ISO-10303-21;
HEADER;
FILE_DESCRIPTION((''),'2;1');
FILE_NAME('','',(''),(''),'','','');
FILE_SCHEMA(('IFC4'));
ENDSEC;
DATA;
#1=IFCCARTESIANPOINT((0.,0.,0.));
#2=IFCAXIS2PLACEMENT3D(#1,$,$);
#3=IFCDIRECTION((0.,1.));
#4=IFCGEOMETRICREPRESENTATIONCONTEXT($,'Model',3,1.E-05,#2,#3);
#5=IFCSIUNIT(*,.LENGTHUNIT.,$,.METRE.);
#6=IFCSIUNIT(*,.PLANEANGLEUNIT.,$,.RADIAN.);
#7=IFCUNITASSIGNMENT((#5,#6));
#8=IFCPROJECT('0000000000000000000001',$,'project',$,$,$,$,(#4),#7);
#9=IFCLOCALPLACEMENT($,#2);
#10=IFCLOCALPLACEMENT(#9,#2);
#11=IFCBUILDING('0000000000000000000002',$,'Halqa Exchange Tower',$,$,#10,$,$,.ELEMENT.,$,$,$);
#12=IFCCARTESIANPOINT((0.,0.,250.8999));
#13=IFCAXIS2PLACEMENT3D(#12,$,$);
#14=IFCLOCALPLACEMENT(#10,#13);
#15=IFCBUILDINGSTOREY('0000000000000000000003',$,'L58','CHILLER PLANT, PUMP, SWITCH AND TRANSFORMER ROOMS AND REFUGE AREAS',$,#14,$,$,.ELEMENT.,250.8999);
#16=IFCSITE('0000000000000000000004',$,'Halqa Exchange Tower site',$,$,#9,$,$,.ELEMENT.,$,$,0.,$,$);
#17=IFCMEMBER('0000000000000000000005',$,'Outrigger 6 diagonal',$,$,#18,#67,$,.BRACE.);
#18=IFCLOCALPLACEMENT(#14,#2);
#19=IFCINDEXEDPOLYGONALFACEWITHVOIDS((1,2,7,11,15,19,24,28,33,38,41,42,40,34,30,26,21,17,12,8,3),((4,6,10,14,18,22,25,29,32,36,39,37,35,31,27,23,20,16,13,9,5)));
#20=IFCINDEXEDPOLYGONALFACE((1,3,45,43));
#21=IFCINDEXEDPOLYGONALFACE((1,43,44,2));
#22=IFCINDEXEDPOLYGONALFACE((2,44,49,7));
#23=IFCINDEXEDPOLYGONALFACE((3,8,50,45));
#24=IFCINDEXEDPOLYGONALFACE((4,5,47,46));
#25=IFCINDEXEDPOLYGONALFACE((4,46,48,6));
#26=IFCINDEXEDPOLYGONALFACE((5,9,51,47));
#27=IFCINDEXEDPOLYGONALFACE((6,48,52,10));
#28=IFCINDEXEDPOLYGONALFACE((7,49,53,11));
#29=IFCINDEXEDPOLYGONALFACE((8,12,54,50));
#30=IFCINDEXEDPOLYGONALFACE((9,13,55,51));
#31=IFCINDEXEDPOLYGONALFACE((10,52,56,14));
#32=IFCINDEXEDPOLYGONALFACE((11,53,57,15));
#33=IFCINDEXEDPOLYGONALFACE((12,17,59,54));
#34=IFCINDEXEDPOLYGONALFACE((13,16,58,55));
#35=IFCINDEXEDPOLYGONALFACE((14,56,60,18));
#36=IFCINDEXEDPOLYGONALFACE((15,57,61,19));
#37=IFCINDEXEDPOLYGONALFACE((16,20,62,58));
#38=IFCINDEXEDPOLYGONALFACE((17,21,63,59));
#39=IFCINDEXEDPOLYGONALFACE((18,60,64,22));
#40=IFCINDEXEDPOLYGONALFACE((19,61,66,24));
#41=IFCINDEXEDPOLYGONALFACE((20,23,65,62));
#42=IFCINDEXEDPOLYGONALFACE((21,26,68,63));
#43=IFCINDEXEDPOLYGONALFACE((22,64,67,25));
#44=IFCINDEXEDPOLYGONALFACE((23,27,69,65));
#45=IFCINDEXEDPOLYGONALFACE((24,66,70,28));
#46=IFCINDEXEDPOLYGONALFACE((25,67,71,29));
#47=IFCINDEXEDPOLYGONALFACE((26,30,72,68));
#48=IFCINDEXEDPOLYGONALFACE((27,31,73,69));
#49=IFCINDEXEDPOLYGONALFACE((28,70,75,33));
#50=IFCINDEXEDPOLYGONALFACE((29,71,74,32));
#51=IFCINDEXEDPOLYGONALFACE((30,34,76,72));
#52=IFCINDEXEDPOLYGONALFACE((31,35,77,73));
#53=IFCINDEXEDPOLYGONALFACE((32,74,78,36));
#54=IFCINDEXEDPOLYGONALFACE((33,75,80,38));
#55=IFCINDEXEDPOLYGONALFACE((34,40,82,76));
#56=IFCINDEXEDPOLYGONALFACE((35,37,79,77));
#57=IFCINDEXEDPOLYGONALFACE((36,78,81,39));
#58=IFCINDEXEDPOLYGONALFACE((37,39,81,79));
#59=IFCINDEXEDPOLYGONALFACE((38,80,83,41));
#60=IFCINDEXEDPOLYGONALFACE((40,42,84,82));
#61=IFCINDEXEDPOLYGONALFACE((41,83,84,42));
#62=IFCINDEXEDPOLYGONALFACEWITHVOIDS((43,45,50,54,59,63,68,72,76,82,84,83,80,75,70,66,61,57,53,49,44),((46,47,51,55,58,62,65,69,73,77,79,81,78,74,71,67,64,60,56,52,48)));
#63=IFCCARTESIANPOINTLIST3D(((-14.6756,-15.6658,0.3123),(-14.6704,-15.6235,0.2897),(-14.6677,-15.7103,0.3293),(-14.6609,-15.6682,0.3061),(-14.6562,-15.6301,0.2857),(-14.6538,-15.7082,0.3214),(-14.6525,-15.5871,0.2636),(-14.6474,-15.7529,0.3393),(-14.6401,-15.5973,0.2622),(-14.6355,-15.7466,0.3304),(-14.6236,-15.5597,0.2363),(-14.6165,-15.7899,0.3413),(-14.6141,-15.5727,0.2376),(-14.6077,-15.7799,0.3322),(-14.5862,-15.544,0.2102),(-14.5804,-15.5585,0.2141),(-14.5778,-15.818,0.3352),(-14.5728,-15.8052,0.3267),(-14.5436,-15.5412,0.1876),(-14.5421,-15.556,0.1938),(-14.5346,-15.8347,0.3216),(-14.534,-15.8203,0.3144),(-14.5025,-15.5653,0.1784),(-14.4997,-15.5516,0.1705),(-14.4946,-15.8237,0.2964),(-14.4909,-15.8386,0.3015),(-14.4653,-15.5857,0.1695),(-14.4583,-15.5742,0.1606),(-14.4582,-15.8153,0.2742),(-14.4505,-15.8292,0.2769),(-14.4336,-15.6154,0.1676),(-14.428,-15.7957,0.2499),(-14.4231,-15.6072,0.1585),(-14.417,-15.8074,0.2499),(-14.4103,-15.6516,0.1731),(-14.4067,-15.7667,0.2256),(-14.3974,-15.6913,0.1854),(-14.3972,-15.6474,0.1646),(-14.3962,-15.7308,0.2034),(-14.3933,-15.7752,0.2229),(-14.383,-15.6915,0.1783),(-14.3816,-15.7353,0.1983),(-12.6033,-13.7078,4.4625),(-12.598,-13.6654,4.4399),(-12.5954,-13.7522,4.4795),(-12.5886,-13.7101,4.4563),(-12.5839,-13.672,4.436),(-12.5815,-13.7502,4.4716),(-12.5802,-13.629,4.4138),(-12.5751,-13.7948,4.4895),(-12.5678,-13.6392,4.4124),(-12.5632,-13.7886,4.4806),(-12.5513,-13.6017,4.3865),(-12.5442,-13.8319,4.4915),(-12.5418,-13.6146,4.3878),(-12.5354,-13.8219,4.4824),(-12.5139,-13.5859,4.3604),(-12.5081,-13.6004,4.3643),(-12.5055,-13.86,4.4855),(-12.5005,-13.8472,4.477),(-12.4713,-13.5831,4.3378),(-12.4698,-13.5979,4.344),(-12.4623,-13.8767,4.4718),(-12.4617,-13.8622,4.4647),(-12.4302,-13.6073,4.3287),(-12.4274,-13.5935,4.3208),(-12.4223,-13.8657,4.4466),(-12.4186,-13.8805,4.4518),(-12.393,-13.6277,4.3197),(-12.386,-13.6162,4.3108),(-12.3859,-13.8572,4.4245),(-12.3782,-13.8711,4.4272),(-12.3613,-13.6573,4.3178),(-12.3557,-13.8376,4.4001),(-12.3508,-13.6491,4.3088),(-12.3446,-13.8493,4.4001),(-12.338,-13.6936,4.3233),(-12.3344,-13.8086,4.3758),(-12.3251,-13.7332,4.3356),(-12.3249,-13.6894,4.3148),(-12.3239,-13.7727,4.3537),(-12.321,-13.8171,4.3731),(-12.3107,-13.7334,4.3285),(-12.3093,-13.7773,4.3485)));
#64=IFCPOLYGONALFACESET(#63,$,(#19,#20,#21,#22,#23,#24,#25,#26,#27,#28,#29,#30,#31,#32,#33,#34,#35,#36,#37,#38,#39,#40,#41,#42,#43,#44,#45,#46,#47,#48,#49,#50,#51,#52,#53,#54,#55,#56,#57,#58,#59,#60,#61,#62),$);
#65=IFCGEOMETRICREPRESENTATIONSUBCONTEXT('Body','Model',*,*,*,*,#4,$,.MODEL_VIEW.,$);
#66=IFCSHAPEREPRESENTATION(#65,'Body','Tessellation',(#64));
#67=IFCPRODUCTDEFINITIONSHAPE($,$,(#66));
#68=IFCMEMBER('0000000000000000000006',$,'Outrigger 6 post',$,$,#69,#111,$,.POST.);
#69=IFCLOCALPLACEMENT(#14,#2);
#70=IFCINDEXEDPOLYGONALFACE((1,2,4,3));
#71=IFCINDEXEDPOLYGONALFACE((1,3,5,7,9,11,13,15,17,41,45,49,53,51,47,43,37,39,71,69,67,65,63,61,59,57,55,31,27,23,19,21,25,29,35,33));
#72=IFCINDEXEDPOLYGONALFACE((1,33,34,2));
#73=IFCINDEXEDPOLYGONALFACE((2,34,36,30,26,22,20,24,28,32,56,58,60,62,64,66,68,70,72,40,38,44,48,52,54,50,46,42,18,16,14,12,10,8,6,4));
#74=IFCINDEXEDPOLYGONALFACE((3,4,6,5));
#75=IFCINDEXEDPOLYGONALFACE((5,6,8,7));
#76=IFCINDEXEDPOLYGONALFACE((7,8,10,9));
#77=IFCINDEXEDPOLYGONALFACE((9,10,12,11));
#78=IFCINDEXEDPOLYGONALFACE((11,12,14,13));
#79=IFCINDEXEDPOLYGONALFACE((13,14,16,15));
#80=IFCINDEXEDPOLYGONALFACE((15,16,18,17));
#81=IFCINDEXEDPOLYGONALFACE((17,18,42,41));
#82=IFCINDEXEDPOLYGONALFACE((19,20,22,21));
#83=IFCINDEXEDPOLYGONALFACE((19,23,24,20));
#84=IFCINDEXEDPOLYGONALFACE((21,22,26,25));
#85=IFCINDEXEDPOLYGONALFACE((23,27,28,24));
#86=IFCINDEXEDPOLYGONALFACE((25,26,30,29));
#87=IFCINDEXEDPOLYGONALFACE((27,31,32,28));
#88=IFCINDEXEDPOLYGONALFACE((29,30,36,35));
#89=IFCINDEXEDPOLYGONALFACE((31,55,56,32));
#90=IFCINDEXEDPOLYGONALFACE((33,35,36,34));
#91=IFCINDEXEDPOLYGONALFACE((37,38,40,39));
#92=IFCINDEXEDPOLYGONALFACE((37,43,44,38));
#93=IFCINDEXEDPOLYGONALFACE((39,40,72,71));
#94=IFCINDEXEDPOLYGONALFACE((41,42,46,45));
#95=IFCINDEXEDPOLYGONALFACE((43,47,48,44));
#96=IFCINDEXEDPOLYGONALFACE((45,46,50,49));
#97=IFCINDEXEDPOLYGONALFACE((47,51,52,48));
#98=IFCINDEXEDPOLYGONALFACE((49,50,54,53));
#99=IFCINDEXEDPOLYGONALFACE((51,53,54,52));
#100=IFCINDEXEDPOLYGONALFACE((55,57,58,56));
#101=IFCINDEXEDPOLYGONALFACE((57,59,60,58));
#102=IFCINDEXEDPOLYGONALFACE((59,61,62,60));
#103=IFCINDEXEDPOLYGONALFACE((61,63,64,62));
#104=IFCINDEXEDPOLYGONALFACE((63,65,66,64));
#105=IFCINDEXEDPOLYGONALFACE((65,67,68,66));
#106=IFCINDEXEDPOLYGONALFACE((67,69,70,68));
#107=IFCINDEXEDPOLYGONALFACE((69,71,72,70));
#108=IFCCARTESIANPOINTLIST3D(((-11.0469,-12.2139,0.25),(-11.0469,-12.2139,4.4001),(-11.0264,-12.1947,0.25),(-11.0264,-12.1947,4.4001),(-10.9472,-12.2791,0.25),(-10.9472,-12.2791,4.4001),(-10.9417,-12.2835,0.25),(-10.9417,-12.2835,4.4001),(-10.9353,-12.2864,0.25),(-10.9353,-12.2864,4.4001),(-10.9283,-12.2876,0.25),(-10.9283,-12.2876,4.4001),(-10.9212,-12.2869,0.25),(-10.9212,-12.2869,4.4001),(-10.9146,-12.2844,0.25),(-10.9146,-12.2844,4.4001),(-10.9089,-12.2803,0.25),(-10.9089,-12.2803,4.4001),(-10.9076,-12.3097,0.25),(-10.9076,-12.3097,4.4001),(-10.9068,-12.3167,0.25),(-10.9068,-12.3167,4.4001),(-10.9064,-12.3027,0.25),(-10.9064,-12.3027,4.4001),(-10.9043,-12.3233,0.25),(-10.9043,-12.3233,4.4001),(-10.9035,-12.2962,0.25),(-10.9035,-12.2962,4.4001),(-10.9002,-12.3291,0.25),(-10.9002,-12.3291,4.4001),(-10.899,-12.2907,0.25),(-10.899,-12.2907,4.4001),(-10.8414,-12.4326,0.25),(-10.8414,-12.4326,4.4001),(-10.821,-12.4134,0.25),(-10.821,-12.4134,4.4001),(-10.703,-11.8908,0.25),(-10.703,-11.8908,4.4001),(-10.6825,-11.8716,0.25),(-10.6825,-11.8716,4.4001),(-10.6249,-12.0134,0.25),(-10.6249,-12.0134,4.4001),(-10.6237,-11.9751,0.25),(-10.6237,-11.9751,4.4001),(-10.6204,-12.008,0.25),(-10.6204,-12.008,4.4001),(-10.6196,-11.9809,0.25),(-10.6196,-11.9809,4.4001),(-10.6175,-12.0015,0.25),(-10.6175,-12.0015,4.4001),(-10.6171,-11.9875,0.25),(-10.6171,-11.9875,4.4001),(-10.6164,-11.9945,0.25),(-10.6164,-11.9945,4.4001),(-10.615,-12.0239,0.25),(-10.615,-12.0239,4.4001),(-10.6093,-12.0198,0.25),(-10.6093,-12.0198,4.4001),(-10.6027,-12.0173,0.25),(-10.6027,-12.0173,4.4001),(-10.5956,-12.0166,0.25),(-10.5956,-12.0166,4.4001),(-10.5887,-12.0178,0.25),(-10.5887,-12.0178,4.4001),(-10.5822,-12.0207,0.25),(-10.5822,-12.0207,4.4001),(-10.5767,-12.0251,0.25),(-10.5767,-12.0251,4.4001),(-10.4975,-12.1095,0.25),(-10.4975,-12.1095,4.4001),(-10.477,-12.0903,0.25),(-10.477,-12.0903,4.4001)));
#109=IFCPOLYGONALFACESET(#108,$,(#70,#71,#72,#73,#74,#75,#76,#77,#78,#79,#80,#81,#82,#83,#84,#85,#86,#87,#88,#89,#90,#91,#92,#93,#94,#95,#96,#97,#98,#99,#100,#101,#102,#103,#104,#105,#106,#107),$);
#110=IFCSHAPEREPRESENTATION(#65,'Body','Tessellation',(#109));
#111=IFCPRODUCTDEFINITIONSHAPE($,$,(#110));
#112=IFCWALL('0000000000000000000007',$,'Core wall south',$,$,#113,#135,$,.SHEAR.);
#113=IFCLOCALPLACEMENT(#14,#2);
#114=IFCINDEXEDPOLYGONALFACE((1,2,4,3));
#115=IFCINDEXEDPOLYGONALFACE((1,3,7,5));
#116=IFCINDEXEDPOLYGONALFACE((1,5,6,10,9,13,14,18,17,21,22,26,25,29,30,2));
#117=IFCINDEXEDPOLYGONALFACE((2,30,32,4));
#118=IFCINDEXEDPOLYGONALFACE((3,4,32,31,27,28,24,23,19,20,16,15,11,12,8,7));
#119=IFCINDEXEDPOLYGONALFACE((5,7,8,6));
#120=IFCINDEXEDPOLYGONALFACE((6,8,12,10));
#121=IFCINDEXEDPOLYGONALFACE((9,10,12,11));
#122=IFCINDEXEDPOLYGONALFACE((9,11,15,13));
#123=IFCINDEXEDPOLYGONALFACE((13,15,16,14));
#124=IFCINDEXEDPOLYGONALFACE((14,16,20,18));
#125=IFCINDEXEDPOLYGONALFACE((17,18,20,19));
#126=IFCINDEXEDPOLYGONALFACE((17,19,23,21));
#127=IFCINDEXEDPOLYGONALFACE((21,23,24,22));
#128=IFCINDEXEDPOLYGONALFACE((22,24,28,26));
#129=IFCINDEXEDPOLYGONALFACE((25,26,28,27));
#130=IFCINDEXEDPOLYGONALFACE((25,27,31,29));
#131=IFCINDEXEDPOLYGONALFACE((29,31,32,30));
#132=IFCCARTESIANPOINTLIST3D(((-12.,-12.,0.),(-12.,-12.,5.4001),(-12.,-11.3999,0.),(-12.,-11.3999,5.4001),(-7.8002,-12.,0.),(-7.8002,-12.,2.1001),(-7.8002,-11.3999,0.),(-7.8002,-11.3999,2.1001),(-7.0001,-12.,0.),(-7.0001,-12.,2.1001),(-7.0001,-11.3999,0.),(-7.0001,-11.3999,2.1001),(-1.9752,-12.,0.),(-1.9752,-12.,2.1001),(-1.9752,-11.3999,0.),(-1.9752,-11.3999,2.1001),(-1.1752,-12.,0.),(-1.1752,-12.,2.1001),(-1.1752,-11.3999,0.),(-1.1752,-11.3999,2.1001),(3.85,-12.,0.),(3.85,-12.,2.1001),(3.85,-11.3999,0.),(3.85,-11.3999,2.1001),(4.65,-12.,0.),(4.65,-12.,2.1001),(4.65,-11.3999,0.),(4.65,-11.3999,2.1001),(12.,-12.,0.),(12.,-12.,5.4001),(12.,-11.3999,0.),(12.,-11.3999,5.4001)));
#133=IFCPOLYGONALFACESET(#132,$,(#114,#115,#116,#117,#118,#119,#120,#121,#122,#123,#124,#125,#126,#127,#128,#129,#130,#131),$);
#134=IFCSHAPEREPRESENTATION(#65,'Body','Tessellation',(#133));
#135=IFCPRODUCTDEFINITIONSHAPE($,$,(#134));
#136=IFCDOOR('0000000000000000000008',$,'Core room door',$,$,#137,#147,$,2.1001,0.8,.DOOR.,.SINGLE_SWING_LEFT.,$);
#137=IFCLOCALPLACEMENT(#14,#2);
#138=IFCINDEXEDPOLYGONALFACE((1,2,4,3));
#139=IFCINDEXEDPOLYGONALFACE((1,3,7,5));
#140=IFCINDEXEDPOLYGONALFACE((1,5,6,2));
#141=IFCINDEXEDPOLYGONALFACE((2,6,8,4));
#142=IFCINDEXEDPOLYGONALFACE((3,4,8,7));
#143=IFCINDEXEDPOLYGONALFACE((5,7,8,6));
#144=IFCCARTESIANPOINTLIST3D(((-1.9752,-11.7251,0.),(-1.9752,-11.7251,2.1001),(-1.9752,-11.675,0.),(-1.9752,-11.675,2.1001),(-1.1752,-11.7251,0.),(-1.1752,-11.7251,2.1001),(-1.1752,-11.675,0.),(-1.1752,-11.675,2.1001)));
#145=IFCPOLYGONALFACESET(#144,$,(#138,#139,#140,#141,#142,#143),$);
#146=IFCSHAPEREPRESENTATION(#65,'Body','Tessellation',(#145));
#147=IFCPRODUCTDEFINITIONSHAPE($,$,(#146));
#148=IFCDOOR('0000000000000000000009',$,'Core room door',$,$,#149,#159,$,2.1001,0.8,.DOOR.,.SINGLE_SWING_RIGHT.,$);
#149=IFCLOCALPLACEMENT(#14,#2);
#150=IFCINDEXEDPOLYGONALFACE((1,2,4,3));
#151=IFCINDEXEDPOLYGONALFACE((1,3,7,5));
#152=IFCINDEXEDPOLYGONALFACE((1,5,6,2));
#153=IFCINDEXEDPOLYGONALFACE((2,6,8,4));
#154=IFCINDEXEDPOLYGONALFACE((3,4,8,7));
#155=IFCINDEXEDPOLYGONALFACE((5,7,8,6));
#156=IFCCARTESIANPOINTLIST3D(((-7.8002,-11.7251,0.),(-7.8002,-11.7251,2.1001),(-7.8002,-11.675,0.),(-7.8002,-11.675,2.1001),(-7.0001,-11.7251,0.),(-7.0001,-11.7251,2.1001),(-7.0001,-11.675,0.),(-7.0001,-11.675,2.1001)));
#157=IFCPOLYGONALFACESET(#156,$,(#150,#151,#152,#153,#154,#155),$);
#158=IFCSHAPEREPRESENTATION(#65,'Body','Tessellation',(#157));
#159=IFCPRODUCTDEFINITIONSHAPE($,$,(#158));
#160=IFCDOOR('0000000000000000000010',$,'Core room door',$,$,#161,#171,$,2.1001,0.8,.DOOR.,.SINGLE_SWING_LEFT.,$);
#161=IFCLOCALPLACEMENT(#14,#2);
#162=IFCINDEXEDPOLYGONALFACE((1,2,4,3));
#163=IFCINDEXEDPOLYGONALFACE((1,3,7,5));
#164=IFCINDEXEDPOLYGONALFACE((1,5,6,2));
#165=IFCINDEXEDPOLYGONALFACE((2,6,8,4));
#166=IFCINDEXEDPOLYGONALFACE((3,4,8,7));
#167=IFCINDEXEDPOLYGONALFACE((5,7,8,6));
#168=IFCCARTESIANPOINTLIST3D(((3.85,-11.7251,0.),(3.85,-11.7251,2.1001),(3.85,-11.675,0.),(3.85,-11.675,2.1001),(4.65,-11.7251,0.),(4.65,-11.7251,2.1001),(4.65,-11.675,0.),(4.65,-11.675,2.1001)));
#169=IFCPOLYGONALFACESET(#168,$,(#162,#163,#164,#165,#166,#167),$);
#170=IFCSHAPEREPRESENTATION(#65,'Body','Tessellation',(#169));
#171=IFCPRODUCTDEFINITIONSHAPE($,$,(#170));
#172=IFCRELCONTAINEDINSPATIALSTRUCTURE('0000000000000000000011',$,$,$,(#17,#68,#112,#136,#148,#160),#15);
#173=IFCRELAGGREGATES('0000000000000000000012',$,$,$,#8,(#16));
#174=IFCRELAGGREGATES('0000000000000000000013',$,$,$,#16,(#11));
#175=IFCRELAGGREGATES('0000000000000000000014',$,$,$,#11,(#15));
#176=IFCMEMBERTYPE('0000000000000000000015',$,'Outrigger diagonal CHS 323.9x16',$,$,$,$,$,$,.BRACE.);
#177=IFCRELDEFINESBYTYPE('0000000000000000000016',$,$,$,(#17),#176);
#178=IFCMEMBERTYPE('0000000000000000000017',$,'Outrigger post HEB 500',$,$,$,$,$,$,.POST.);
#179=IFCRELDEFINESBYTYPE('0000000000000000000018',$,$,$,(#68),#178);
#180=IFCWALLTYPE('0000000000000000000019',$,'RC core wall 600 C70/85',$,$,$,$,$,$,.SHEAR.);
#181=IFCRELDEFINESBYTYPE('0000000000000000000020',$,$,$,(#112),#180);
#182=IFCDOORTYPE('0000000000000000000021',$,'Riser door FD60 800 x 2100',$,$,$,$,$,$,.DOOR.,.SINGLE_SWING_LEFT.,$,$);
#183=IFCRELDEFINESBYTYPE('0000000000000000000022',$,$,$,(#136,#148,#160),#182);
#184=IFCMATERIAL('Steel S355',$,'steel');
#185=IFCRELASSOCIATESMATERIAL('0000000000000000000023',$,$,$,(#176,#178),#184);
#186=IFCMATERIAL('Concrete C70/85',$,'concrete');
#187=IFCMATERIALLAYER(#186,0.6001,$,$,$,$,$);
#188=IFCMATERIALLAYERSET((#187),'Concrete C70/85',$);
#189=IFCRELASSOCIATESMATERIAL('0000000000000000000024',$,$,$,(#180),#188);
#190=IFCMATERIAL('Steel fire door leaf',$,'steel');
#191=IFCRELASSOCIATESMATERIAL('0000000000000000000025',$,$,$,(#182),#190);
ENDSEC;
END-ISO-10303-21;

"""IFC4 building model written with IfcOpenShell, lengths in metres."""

from ifc_helpers import new_model, si_unit, direction, frame, frame_2d, origin, origin_2d, place, context, subcontext, project, spatial, rectangle, hollow_circle, i_section, extrude, material, layer, layer_set, material_profile, profile_set, type_object, element, fill, save


model = new_model("IFC4")

# Units and contexts
model_context = context("Model", 3, precision=1e-05, world=origin(), true_north=direction((0.0, 1.0)))
body_context = subcontext(model_context, "Body", "Model", "MODEL_VIEW")
ifc_project = project(units=[si_unit("LENGTHUNIT", "METRE"), si_unit("PLANEANGLEUNIT", "RADIAN")], contexts=[model_context])

# Site, building, storey
site_placement = place(None, origin())
site = spatial("IfcSite", under=ifc_project, at=site_placement, Name="Halqa Exchange Tower site", CompositionType="ELEMENT", RefElevation=0.0)
building_placement = place(site_placement, origin())
building = spatial("IfcBuilding", under=site, at=building_placement, Name="Halqa Exchange Tower", CompositionType="ELEMENT")
storey_placement = place(building_placement, frame((0.0, 0.0, 250.8999)))
storey = spatial("IfcBuildingStorey", under=building, at=storey_placement, Name="L58", Description="CHILLER PLANT, PUMP, SWITCH AND TRANSFORMER ROOMS AND REFUGE AREAS", CompositionType="ELEMENT", Elevation=250.8999)

# Shared definitions
ifc_material_1 = material(Name="Steel S355", Category="steel")

# Members
ifc_material_profile_1 = material_profile(ifc_material_1, hollow_circle(Radius=0.1619, WallThickness=0.0161, at=origin_2d()), Name="CHS 323.9x16")
ifc_profile_set_1 = profile_set([ifc_material_profile_1], Name="Steel S355")
member_type_1 = type_object("IfcMemberType", Name="Outrigger diagonal CHS 323.9x16", PredefinedType="BRACE", material=ifc_profile_set_1)
member_1_placement = place(storey_placement, frame((-12.4558, -13.7317, 4.4001), z_axis=(-0.411567, -0.388875, -0.82425), x_axis=(0.686784, -0.726861, 0.0)))
element("IfcMember", 1, at=member_1_placement, inside=storey, type_object=member_type_1, Name="Outrigger 6 diagonal", PredefinedType="BRACE", context=body_context, shape_type="SweptSolid", body=[
    extrude(hollow_circle(Radius=0.1619, WallThickness=0.0161, at=origin_2d()), origin(), (0.0, 0.0, 1.0), 5.0352),
])
ifc_material_profile_2 = material_profile(ifc_material_1, i_section(OverallWidth=0.3, OverallDepth=0.5, WebThickness=0.0144, FlangeThickness=0.0281, FilletRadius=0.0271, at=origin_2d()), Name="HEB 500")
ifc_profile_set_2 = profile_set([ifc_material_profile_2], Name="Steel S355")
member_type_2 = type_object("IfcMemberType", Name="Outrigger post HEB 500", PredefinedType="POST", material=ifc_profile_set_2)
member_2_placement = place(storey_placement, frame((-10.762, -12.1521, 0.25), z_axis=(0.0, 0.0, 1.0), x_axis=(0.684725, -0.728801, 0.0)))
element("IfcMember", 2, at=member_2_placement, inside=storey, type_object=member_type_2, Name="Outrigger 6 post", PredefinedType="POST", context=body_context, shape_type="SweptSolid", body=[
    extrude(i_section(OverallWidth=0.3, OverallDepth=0.5, WebThickness=0.0144, FlangeThickness=0.0281, FilletRadius=0.0271, at=origin_2d()), origin(), (0.0, 0.0, 1.0), 4.1501),
])

# Shared definitions
ifc_material_2 = material(Name="Steel fire door leaf", Category="steel")

# Wall, openings, doors
ifc_material_3 = material(Name="Concrete C70/85", Category="concrete")
ifc_layer_1 = layer(ifc_material_3, 0.6001)
ifc_layer_set_1 = layer_set([ifc_layer_1], Name="Concrete C70/85")
wall_type_1 = type_object("IfcWallType", Name="RC core wall 600 C70/85", PredefinedType="SHEAR", material=ifc_layer_set_1)
wall_1_placement = place(storey_placement, frame((-12.0, -11.7, 0.0), z_axis=(0.0, 0.0, 1.0), x_axis=(1.0, 0.0, 0.0)))
wall_1 = element("IfcWall", 3, at=wall_1_placement, inside=storey, type_object=wall_type_1, Name="Core wall south", PredefinedType="SHEAR", context=body_context, shape_type="SweptSolid", body=[
    extrude(rectangle(XDim=24.0, YDim=0.6001, at=frame_2d((12.0, 0.0))), origin(), (0.0, 0.0, 1.0), 5.4001),
])
opening_1_placement = place(wall_1_placement, frame((10.0249, 0.0, 0.0)))
opening_1 = element("IfcOpeningElement", 4, at=opening_1_placement, cuts=wall_1, PredefinedType="OPENING", context=body_context, shape_type="SweptSolid", body=[
    extrude(rectangle(XDim=0.8, YDim=2.1001, at=frame_2d((0.3999, 1.05))), frame((0.0, 0.312, 0.0), z_axis=(0.0, -1.0, 0.0), x_axis=(1.0, 0.0, 0.0)), (0.0, 0.0, 1.0), 0.624),
])
opening_2_placement = place(wall_1_placement, frame((4.2, 0.0, 0.0)))
opening_2 = element("IfcOpeningElement", 5, at=opening_2_placement, cuts=wall_1, PredefinedType="OPENING", context=body_context, shape_type="SweptSolid", body=[
    extrude(rectangle(XDim=0.8, YDim=2.1001, at=frame_2d((0.3999, 1.05))), frame((0.0, 0.312, 0.0), z_axis=(0.0, -1.0, 0.0), x_axis=(1.0, 0.0, 0.0)), (0.0, 0.0, 1.0), 0.624),
])
opening_3_placement = place(wall_1_placement, frame((15.8501, 0.0, 0.0)))
opening_3 = element("IfcOpeningElement", 6, at=opening_3_placement, cuts=wall_1, PredefinedType="OPENING", context=body_context, shape_type="SweptSolid", body=[
    extrude(rectangle(XDim=0.8, YDim=2.1001, at=frame_2d((0.3999, 1.05))), frame((0.0, 0.312, 0.0), z_axis=(0.0, -1.0, 0.0), x_axis=(1.0, 0.0, 0.0)), (0.0, 0.0, 1.0), 0.624),
])
door_type_1 = type_object("IfcDoorType", Name="Riser door FD60 800 x 2100", OperationType="SINGLE_SWING_LEFT", PredefinedType="DOOR", material=ifc_material_2)
door_1_placement = place(opening_1_placement, origin())
door_1 = element("IfcDoor", 7, at=door_1_placement, inside=storey, type_object=door_type_1, Name="Core room door", OperationType="SINGLE_SWING_LEFT", OverallHeight=2.1001, OverallWidth=0.8, PredefinedType="DOOR", context=body_context, shape_type="SweptSolid", body=[
    extrude(rectangle(XDim=0.8, YDim=2.1001, at=frame_2d((0.3999, 1.05))), frame((0.0, 0.0249, 0.0), z_axis=(0.0, -1.0, 0.0), x_axis=(1.0, 0.0, 0.0)), (0.0, 0.0, 1.0), 0.05),
])
fill(opening_1, door_1)
door_2_placement = place(opening_2_placement, origin())
door_2 = element("IfcDoor", 8, at=door_2_placement, inside=storey, type_object=door_type_1, Name="Core room door", OperationType="SINGLE_SWING_RIGHT", OverallHeight=2.1001, OverallWidth=0.8, PredefinedType="DOOR", context=body_context, shape_type="SweptSolid", body=[
    extrude(rectangle(XDim=0.8, YDim=2.1001, at=frame_2d((0.3999, 1.05))), frame((0.0, 0.0249, 0.0), z_axis=(0.0, -1.0, 0.0), x_axis=(1.0, 0.0, 0.0)), (0.0, 0.0, 1.0), 0.05),
])
fill(opening_2, door_2)
door_3_placement = place(opening_3_placement, origin())
door_3 = element("IfcDoor", 9, at=door_3_placement, inside=storey, type_object=door_type_1, Name="Core room door", OperationType="SINGLE_SWING_LEFT", OverallHeight=2.1001, OverallWidth=0.8, PredefinedType="DOOR", context=body_context, shape_type="SweptSolid", body=[
    extrude(rectangle(XDim=0.8, YDim=2.1001, at=frame_2d((0.3999, 1.05))), frame((0.0, 0.0249, 0.0), z_axis=(0.0, -1.0, 0.0), x_axis=(1.0, 0.0, 0.0)), (0.0, 0.0, 1.0), 0.05),
])
fill(opening_3, door_3)

save(model, "model.ifc")
